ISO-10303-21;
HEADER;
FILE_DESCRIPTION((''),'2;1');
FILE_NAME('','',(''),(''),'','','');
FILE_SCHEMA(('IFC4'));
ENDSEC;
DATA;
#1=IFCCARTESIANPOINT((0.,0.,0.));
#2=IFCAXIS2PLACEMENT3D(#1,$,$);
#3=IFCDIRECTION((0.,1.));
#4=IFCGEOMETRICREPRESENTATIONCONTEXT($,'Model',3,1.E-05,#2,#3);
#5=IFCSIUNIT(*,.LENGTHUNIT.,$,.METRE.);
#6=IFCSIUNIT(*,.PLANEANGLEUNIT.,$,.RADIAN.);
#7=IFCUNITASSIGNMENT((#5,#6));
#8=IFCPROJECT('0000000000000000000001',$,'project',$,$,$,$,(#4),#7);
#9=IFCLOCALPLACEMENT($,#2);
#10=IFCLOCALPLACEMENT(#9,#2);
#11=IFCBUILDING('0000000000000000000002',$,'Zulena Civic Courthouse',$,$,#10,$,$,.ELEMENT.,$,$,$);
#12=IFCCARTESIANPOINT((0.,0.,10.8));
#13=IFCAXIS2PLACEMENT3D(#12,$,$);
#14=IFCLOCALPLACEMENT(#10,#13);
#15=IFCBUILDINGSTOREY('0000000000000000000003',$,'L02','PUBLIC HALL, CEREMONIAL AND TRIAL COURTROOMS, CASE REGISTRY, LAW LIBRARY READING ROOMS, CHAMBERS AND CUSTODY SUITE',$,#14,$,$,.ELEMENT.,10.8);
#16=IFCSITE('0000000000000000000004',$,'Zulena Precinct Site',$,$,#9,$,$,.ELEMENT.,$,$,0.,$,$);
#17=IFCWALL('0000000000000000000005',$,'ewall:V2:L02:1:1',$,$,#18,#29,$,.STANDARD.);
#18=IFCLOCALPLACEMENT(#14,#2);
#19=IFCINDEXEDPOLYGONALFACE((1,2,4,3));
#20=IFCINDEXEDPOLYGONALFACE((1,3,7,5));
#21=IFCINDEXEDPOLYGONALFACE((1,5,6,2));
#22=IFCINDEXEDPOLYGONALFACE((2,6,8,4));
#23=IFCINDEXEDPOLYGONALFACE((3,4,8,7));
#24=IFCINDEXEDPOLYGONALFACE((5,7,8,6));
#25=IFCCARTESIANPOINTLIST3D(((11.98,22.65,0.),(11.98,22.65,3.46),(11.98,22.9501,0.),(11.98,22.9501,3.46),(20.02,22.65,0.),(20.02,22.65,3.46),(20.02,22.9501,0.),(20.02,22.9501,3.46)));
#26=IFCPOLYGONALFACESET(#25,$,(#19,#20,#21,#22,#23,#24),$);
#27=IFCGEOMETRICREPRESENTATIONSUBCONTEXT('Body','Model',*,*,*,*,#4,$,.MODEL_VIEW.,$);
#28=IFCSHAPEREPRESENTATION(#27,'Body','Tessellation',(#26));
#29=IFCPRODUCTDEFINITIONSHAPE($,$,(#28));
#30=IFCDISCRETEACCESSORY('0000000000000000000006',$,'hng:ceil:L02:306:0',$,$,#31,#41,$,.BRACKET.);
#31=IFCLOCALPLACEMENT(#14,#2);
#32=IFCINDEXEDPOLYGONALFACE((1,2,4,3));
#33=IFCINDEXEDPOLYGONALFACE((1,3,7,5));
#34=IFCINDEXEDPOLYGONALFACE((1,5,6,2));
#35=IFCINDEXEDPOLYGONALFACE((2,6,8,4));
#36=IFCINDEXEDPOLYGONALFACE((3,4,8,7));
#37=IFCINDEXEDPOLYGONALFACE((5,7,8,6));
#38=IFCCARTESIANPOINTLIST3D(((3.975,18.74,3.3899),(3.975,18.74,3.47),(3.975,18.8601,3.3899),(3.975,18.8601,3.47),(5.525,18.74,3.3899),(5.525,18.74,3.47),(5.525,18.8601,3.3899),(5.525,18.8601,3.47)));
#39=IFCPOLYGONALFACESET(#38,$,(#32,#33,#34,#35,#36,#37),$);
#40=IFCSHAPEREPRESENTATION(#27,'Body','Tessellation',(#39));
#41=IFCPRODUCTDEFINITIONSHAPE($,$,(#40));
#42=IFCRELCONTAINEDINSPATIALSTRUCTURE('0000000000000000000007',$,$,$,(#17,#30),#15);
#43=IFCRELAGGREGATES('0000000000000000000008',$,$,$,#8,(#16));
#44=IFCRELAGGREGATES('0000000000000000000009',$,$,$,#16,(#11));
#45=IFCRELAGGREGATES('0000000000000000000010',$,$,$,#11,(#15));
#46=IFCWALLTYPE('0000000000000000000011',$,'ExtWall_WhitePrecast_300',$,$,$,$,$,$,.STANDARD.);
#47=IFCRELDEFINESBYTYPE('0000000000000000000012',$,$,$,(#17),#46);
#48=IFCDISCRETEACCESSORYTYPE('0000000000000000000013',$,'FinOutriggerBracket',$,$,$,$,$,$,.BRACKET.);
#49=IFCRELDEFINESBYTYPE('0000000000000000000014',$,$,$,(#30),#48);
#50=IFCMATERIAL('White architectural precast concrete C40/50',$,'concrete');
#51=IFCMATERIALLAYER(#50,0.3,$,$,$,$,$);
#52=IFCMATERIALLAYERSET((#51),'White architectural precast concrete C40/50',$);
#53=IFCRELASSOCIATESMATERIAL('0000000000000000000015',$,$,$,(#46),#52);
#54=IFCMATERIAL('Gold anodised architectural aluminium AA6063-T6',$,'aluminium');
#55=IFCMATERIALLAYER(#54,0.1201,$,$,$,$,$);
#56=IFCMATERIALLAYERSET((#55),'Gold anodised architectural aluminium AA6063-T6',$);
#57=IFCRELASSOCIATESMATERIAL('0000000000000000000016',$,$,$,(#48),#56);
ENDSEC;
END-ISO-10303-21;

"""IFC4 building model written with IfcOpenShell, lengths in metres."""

from ifc_helpers import new_model, si_unit, direction, frame, frame_2d, origin, origin_2d, place, context, subcontext, project, spatial, rectangle, extrude, material, layer, layer_set, type_object, element, save


model = new_model("IFC4")

# Units and contexts
model_context = context("Model", 3, precision=1e-05, world=origin(), true_north=direction((0.0, 1.0)))
body_context = subcontext(model_context, "Body", "Model", "MODEL_VIEW")
ifc_project = project(units=[si_unit("LENGTHUNIT", "METRE"), si_unit("PLANEANGLEUNIT", "RADIAN")], contexts=[model_context])

# Site, building, storey
site_placement = place(None, origin())
site = spatial("IfcSite", under=ifc_project, at=site_placement, Name="Zulena Precinct Site", CompositionType="ELEMENT", RefElevation=0.0)
building_placement = place(site_placement, origin())
building = spatial("IfcBuilding", under=site, at=building_placement, Name="Zulena Civic Courthouse", CompositionType="ELEMENT")
storey_placement = place(building_placement, frame((0.0, 0.0, 10.8)))
storey = spatial("IfcBuildingStorey", under=building, at=storey_placement, Name="L02", Description="PUBLIC HALL, CEREMONIAL AND TRIAL COURTROOMS, CASE REGISTRY, LAW LIBRARY READING ROOMS, CHAMBERS AND CUSTODY SUITE", CompositionType="ELEMENT", Elevation=10.8)

# Wall
ifc_material_1 = material(Name="White architectural precast concrete C40/50", Category="concrete")
ifc_layer_1 = layer(ifc_material_1, 0.3)
ifc_layer_set_1 = layer_set([ifc_layer_1], Name="White architectural precast concrete C40/50")
wall_type = type_object("IfcWallType", Name="ExtWall_WhitePrecast_300", PredefinedType="STANDARD", material=ifc_layer_set_1)
wall_placement = place(storey_placement, frame((11.98, 22.8, 0.0), z_axis=(0.0, 0.0, 1.0), x_axis=(1.0, 0.0, 0.0)))
element("IfcWall", 1, at=wall_placement, inside=storey, type_object=wall_type, Name="ewall:V2:L02:1:1", PredefinedType="STANDARD", context=body_context, shape_type="SweptSolid", body=[
    extrude(rectangle(XDim=8.04, YDim=0.3, at=frame_2d((4.02, 0.0))), origin(), (0.0, 0.0, 1.0), 3.46),
])

# Discrete accessory
ifc_material_2 = material(Name="Gold anodised architectural aluminium AA6063-T6", Category="aluminium")
ifc_layer_2 = layer(ifc_material_2, 0.1201)
ifc_layer_set_2 = layer_set([ifc_layer_2], Name="Gold anodised architectural aluminium AA6063-T6")
discrete_accessory_type = type_object("IfcDiscreteAccessoryType", Name="FinOutriggerBracket", PredefinedType="BRACKET", material=ifc_layer_set_2)
discrete_accessory_placement = place(storey_placement, frame((4.75, 18.8, 3.3899), z_axis=(0.0, 0.0, 1.0), x_axis=(1.0, 0.0, 0.0)))
element("IfcDiscreteAccessory", 2, at=discrete_accessory_placement, inside=storey, type_object=discrete_accessory_type, Name="hng:ceil:L02:306:0", PredefinedType="BRACKET", context=body_context, shape_type="SweptSolid", body=[
    extrude(rectangle(XDim=1.55, YDim=0.1201, at=origin_2d()), origin(), (0.0, 0.0, 1.0), 0.0801),
])

save(model, "model.ifc")
